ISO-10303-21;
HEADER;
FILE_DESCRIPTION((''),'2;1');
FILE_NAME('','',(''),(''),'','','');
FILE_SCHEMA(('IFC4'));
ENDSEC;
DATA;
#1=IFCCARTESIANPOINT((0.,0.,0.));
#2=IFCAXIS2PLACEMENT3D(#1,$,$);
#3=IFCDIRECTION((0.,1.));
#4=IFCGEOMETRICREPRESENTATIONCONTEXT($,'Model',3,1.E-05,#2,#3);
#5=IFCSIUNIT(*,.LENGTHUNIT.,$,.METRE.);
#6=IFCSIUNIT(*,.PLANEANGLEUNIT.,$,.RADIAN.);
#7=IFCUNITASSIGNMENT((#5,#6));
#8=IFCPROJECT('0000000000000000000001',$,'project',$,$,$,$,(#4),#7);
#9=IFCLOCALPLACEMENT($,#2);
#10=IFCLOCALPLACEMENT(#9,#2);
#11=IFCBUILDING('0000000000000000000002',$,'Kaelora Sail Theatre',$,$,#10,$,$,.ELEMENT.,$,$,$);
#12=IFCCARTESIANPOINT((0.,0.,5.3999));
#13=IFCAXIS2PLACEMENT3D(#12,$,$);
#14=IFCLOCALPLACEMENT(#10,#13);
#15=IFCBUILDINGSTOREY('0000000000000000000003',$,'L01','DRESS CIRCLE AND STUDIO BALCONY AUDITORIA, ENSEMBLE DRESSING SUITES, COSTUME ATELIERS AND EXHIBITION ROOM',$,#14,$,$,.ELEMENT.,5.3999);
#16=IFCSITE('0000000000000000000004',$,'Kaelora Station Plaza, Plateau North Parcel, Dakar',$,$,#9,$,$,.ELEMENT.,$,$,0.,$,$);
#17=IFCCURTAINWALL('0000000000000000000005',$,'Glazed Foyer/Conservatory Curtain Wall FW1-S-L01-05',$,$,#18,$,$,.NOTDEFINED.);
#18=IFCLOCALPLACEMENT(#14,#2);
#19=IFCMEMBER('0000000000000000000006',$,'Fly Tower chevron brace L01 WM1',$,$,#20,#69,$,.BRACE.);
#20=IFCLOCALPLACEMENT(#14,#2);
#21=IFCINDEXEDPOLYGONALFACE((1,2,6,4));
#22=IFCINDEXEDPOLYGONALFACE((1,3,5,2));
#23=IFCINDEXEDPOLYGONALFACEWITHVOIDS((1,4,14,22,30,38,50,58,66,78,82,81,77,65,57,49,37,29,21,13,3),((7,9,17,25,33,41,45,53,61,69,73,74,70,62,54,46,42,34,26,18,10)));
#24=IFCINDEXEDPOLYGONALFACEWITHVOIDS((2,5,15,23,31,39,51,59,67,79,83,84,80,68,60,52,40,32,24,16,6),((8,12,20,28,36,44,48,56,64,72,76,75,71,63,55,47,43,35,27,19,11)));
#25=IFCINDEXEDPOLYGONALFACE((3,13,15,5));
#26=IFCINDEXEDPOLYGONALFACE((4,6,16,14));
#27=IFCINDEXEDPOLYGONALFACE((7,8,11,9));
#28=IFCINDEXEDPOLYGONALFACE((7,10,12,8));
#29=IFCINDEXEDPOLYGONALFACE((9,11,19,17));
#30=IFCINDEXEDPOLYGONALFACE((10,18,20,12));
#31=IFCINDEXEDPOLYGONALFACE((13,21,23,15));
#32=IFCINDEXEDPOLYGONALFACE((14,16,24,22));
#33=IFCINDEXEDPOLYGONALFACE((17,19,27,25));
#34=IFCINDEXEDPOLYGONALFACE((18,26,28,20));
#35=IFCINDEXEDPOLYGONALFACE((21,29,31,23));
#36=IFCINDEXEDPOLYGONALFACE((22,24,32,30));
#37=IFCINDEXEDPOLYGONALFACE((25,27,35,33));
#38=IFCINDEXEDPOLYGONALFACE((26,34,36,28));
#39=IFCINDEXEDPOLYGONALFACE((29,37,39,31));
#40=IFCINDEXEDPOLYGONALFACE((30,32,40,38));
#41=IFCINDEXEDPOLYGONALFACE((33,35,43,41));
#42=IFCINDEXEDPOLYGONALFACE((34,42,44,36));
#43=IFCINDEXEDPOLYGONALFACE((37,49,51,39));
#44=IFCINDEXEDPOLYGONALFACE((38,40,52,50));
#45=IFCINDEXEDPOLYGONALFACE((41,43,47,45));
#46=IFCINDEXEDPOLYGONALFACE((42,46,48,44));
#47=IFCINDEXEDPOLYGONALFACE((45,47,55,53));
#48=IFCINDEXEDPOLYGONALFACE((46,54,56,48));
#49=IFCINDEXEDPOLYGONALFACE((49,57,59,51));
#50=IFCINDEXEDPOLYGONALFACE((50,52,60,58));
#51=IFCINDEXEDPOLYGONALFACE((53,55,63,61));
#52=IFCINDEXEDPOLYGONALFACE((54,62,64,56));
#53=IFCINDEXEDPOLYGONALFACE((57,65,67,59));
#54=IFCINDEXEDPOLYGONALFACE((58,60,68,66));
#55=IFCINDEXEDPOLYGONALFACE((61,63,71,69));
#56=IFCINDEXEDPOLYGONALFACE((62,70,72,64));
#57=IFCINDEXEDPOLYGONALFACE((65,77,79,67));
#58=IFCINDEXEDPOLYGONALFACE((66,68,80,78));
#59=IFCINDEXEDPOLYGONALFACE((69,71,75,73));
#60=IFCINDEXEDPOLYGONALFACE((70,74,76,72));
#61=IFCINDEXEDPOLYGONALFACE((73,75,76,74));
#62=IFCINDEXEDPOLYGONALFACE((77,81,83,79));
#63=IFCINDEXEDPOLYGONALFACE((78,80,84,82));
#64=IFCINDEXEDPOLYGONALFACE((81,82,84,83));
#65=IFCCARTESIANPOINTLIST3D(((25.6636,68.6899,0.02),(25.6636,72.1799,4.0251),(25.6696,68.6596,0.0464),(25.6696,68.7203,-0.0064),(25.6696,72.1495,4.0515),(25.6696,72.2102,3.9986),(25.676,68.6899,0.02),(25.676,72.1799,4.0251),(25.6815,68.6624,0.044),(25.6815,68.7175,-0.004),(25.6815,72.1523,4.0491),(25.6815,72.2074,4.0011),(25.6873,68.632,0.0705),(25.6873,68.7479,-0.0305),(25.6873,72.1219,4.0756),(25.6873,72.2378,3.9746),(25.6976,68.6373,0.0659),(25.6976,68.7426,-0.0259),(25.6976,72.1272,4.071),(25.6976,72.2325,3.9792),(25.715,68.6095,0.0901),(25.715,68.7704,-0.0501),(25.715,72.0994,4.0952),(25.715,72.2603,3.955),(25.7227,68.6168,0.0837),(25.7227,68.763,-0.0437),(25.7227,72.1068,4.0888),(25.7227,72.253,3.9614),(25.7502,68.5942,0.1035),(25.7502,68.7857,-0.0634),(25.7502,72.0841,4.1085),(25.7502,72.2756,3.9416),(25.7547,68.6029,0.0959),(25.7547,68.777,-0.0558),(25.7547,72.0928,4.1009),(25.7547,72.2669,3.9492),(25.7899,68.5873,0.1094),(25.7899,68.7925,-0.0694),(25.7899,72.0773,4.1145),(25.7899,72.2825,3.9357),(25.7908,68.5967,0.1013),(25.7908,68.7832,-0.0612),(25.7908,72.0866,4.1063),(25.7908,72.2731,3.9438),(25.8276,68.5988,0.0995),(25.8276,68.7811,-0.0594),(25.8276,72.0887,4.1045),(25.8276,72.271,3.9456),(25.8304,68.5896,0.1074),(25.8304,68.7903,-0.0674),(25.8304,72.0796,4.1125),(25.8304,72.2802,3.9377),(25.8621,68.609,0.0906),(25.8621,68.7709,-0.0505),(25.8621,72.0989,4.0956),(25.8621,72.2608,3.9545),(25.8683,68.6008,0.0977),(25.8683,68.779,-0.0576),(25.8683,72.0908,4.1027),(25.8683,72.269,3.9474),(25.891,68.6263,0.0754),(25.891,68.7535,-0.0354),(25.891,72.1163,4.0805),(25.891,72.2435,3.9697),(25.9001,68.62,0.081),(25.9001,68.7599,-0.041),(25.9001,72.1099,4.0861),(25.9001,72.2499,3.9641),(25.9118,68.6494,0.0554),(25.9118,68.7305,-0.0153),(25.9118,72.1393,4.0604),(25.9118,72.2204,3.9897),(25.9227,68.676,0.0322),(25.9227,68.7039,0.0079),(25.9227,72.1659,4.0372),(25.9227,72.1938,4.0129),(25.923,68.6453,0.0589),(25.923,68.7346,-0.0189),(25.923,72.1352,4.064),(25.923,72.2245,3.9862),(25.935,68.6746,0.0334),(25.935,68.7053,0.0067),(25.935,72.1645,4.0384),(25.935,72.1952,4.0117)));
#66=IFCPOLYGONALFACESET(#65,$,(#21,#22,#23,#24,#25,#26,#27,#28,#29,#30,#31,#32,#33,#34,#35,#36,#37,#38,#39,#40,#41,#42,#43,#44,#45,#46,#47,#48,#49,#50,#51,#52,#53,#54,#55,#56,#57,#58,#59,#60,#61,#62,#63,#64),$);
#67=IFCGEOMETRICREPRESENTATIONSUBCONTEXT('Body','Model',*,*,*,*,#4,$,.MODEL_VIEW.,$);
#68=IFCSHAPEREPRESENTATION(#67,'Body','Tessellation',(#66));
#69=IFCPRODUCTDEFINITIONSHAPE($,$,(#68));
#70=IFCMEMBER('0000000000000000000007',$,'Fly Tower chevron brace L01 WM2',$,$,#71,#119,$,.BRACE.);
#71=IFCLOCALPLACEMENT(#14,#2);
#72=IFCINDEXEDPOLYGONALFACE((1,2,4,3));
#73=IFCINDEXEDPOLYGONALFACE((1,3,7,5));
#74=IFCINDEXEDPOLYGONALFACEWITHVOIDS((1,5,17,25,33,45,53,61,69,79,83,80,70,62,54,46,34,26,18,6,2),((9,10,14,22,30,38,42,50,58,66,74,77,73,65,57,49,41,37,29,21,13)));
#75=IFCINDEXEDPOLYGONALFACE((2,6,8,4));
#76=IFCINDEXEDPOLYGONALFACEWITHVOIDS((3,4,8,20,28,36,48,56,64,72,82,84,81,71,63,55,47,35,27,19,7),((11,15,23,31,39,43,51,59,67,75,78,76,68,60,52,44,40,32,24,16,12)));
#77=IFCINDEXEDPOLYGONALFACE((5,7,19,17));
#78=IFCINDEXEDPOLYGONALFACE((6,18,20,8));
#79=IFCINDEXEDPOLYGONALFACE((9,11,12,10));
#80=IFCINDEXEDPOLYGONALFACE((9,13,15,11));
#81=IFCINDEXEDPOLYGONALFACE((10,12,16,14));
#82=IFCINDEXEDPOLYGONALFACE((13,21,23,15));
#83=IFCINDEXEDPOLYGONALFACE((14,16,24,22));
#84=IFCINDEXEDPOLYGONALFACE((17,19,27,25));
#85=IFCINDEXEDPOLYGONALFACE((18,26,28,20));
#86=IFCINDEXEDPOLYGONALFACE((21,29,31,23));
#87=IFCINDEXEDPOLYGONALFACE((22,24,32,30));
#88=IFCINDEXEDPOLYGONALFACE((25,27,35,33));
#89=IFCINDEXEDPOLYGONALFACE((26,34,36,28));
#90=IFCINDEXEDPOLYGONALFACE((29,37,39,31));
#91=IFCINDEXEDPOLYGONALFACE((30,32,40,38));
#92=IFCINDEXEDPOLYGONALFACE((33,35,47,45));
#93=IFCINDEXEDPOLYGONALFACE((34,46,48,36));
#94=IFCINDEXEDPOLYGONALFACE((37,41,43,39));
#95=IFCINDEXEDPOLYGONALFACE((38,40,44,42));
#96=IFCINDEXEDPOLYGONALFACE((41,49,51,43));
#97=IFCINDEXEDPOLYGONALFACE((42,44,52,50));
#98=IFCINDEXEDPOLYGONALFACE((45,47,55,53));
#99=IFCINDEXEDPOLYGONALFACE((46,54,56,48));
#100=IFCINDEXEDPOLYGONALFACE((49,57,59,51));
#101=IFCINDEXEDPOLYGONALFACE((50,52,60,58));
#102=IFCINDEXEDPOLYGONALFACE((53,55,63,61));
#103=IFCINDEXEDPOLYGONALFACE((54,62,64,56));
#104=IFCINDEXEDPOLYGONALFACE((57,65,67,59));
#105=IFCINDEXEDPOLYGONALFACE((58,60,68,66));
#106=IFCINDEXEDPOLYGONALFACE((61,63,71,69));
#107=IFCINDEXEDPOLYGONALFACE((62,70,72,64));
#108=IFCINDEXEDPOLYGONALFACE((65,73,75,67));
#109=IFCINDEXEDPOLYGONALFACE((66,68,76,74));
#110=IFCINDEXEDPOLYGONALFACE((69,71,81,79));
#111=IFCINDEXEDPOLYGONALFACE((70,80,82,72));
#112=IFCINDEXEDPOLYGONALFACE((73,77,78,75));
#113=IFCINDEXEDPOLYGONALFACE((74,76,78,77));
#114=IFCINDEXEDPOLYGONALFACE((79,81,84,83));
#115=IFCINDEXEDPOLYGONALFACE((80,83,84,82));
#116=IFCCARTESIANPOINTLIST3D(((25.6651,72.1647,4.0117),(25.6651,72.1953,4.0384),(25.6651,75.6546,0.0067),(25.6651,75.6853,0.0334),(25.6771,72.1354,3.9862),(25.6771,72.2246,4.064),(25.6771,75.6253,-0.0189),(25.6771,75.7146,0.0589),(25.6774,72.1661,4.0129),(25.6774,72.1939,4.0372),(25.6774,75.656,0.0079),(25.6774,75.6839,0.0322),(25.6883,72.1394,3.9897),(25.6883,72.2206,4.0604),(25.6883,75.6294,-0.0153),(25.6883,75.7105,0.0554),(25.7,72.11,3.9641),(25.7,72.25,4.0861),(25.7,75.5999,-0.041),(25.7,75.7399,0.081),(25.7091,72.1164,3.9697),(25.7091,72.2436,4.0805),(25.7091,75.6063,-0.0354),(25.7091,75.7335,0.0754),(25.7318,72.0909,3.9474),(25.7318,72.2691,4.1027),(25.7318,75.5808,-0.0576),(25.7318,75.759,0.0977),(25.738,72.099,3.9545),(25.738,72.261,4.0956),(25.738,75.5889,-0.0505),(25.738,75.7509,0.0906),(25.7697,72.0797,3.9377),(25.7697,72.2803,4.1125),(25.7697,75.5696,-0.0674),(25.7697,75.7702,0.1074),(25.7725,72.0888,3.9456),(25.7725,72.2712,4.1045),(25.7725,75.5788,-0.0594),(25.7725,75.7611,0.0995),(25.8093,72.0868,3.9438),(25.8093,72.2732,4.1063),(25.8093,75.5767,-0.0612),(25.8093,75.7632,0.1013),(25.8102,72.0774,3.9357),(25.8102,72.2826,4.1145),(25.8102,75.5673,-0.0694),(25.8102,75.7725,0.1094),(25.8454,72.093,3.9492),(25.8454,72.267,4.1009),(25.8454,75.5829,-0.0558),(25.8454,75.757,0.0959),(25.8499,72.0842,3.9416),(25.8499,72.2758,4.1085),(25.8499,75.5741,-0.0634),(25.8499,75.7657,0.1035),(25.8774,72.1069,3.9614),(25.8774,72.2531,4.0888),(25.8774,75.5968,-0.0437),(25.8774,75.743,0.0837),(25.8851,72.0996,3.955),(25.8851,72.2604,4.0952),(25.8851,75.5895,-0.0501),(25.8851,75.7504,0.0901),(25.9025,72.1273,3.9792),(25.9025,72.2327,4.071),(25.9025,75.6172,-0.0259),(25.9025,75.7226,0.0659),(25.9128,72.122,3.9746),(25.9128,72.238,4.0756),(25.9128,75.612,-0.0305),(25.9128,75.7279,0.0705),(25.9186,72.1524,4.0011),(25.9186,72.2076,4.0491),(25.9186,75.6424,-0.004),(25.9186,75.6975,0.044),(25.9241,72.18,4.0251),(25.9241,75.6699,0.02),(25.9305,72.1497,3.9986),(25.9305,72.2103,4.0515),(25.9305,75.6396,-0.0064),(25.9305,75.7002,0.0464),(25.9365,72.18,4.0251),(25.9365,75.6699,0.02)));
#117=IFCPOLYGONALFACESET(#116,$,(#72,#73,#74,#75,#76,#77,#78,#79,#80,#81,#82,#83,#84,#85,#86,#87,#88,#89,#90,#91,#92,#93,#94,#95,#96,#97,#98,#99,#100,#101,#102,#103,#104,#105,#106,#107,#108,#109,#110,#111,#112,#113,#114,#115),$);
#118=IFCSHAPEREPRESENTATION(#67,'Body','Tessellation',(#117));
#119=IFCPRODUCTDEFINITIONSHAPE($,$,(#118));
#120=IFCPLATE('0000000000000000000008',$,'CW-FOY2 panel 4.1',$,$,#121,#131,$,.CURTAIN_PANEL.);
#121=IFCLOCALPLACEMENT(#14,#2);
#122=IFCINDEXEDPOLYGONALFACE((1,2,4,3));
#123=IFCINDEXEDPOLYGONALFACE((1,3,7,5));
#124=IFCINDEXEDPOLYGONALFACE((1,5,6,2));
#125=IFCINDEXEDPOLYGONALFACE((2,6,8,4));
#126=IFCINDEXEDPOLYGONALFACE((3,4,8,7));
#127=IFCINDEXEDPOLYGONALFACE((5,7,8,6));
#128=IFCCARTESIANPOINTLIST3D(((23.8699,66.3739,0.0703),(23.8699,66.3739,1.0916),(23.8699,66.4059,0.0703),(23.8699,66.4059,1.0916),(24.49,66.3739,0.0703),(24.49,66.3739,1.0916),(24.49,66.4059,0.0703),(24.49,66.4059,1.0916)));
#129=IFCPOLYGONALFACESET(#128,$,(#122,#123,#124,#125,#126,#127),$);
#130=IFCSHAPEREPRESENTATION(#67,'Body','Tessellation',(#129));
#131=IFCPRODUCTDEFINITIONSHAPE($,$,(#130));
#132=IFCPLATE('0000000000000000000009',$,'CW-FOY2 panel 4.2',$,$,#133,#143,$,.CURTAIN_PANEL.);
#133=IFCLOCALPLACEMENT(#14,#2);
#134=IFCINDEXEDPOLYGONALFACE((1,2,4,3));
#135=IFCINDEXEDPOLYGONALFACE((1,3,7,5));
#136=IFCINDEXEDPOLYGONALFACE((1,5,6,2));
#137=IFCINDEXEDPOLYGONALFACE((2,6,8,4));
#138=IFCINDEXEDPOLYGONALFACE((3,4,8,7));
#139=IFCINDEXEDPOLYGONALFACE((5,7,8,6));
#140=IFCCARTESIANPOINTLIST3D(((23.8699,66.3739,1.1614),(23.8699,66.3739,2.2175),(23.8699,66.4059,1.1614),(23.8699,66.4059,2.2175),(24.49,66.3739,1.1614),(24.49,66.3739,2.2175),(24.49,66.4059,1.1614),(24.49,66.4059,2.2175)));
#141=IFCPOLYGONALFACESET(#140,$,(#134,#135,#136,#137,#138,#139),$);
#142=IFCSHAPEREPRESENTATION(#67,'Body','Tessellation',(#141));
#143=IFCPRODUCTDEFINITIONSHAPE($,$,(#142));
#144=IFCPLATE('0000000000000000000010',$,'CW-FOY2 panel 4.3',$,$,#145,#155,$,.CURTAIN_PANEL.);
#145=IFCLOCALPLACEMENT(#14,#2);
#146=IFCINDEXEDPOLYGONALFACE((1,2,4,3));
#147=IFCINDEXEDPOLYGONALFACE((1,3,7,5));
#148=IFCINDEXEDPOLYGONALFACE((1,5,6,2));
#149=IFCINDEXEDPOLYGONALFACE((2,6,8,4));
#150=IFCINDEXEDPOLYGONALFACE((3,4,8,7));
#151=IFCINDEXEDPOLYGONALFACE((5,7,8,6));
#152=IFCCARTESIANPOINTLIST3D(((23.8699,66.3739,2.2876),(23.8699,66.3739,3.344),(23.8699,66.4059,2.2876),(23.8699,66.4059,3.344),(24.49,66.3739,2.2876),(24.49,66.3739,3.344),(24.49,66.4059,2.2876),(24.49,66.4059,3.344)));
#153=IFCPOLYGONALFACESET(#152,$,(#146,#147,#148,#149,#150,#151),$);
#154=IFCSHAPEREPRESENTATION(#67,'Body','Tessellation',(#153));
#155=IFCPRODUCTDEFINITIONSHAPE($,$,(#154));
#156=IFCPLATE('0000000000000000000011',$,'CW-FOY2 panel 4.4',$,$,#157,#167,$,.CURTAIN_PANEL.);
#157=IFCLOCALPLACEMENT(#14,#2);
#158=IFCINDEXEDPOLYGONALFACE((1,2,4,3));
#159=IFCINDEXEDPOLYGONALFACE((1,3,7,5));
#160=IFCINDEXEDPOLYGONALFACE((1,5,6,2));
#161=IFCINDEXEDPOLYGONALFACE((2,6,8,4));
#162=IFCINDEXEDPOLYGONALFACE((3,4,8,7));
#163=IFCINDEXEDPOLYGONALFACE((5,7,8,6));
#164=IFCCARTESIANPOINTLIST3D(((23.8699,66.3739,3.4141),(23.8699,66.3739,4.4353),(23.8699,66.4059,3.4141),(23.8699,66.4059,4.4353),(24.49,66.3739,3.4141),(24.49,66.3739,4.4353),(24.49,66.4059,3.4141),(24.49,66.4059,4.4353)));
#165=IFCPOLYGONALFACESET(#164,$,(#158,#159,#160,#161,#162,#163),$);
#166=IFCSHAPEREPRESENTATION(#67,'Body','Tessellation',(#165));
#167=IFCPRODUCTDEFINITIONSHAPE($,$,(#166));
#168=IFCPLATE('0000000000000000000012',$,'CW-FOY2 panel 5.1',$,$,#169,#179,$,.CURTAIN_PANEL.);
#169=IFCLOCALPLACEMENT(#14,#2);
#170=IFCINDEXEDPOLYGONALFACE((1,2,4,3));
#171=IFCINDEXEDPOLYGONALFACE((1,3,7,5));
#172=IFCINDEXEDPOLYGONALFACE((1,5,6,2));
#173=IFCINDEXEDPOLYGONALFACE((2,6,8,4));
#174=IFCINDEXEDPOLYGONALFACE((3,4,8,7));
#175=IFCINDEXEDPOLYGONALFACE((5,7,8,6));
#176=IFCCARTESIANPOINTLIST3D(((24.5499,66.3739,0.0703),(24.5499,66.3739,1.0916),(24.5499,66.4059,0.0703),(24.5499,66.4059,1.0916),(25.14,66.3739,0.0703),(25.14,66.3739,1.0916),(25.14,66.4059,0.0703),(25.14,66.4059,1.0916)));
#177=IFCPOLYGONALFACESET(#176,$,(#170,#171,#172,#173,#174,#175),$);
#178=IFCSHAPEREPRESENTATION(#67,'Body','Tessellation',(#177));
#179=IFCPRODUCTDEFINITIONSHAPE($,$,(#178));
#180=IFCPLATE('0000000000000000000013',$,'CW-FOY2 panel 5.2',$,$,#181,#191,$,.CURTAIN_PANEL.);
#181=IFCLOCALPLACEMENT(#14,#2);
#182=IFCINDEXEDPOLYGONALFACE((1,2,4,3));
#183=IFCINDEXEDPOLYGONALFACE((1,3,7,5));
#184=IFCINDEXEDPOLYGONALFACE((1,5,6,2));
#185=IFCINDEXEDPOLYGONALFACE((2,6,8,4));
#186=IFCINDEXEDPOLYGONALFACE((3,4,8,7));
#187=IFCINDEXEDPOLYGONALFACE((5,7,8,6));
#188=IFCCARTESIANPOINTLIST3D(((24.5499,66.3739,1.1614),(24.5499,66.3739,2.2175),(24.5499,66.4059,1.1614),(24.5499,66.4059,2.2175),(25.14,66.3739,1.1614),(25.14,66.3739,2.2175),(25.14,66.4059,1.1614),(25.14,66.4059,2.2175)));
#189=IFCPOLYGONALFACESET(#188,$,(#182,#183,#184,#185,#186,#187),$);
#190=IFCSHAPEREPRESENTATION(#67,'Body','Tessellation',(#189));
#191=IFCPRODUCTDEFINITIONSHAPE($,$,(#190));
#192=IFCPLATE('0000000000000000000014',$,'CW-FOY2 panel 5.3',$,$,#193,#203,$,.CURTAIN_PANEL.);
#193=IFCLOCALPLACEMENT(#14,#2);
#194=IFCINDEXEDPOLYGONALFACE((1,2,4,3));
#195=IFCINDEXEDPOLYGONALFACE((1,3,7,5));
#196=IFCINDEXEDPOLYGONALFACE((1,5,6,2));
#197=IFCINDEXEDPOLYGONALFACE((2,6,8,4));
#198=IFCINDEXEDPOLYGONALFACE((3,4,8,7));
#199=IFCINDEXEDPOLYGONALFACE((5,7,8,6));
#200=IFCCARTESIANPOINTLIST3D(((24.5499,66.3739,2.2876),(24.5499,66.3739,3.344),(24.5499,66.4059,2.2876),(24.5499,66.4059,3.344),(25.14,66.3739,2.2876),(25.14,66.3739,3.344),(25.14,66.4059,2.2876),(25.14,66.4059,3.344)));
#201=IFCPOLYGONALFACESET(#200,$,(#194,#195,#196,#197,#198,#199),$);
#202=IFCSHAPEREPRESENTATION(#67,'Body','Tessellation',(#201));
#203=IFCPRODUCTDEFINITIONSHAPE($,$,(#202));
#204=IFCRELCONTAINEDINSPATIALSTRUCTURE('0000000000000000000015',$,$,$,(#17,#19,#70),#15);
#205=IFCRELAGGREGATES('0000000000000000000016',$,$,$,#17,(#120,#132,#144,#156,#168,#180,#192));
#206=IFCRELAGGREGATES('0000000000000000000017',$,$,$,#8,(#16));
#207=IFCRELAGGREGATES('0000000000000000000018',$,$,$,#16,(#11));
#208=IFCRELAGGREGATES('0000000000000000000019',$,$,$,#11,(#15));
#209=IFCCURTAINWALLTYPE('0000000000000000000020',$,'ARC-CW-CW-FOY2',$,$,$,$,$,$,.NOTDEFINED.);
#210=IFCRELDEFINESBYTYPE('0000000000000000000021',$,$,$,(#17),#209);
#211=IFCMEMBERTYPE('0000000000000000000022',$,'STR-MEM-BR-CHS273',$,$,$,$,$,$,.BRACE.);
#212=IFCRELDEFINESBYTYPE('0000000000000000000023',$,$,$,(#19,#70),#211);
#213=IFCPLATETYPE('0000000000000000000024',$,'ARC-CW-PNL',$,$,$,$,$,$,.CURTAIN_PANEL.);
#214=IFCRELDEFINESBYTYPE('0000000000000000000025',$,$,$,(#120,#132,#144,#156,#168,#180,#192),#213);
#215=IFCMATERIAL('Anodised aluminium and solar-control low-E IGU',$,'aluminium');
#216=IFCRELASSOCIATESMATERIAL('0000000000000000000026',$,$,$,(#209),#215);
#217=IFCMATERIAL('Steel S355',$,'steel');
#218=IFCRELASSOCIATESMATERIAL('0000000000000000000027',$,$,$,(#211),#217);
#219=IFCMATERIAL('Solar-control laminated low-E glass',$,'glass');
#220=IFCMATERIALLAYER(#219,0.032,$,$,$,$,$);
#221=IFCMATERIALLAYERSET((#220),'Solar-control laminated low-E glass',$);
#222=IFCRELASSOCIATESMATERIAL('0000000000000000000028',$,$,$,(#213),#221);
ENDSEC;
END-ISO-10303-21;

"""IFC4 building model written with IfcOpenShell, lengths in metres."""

from ifc_helpers import new_model, si_unit, direction, frame, origin, origin_2d, place, context, subcontext, project, spatial, rectangle, hollow_circle, extrude, material, layer, layer_set, material_profile, profile_set, type_object, element, aggregate, save


model = new_model("IFC4")

# Units and contexts
model_context = context("Model", 3, precision=1e-05, world=origin(), true_north=direction((0.0, 1.0)))
body_context = subcontext(model_context, "Body", "Model", "MODEL_VIEW")
ifc_project = project(units=[si_unit("LENGTHUNIT", "METRE"), si_unit("PLANEANGLEUNIT", "RADIAN")], contexts=[model_context])

# Site, building, storey
site_placement = place(None, origin())
site = spatial("IfcSite", under=ifc_project, at=site_placement, Name="Kaelora Station Plaza, Plateau North Parcel, Dakar", CompositionType="ELEMENT", RefElevation=0.0)
building_placement = place(site_placement, origin())
building = spatial("IfcBuilding", under=site, at=building_placement, Name="Kaelora Sail Theatre", CompositionType="ELEMENT")
storey_placement = place(building_placement, frame((0.0, 0.0, 5.3999)))
storey = spatial("IfcBuildingStorey", under=building, at=storey_placement, Name="L01", Description="DRESS CIRCLE AND STUDIO BALCONY AUDITORIA, ENSEMBLE DRESSING SUITES, COSTUME ATELIERS AND EXHIBITION ROOM", CompositionType="ELEMENT", Elevation=5.3999)

# Curtain wall
ifc_material_1 = material(Name="Anodised aluminium and solar-control low-E IGU", Category="aluminium")
curtain_wall_type = type_object("IfcCurtainWallType", Name="ARC-CW-CW-FOY2", PredefinedType="NOTDEFINED", material=ifc_material_1)
curtain_wall_placement = place(storey_placement, origin())
curtain_wall = element("IfcCurtainWall", 1, at=curtain_wall_placement, inside=storey, type_object=curtain_wall_type, Name="Glazed Foyer/Conservatory Curtain Wall FW1-S-L01-05", PredefinedType="NOTDEFINED")

# Members
ifc_material_2 = material(Name="Steel S355", Category="steel")
ifc_material_profile_1 = material_profile(ifc_material_2, hollow_circle(Radius=0.1365, WallThickness=0.0125, at=origin_2d()), Name="CHS 273.0x12.5")
ifc_profile_set_1 = profile_set([ifc_material_profile_1], Name="Steel S355")
member_type_1 = type_object("IfcMemberType", Name="STR-MEM-BR-CHS273", PredefinedType="BRACE", material=ifc_profile_set_1)
for number, where, z_axis, x_axis, name in (
    (2, (25.8, 68.6899, 0.02), (0.0, 0.656958, 0.753927), (-1.0, 0.0, 0.0), "Fly Tower chevron brace L01 WM1"),
    (3, (25.8, 75.6699, 0.02), (0.0, -0.656958, 0.753927), (1.0, 0.0, 0.0), "Fly Tower chevron brace L01 WM2"),
):
    element("IfcMember", number, at=place(storey_placement, frame(where, z_axis=z_axis, x_axis=x_axis)), inside=storey, type_object=member_type_1, Name=name, PredefinedType="BRACE", context=body_context, shape_type="SweptSolid", body=[
        extrude(hollow_circle(Radius=0.1365, WallThickness=0.0125, at=origin_2d()), origin(), (0.0, 0.0, 1.0), 5.3123),
    ])

# Plates
ifc_material_3 = material(Name="Solar-control laminated low-E glass", Category="glass")
ifc_layer_1 = layer(ifc_material_3, 0.032)
ifc_layer_set_1 = layer_set([ifc_layer_1], Name="Solar-control laminated low-E glass")
plate_type_1 = type_object("IfcPlateType", Name="ARC-CW-PNL", PredefinedType="CURTAIN_PANEL", material=ifc_layer_set_1)
plate_1_placement = place(storey_placement, frame((24.1799, 66.3899, 0.0703), z_axis=(0.0, 0.0, 1.0), x_axis=(1.0, 0.0, 0.0)))
plate_1 = element("IfcPlate", 4, at=plate_1_placement, type_object=plate_type_1, Name="CW-FOY2 panel 4.1", PredefinedType="CURTAIN_PANEL", context=body_context, shape_type="SweptSolid", body=[
    extrude(rectangle(XDim=0.6201, YDim=0.032, at=origin_2d()), origin(), (0.0, 0.0, 1.0), 1.0212),
])
plate_2_placement = place(storey_placement, frame((24.1799, 66.3899, 1.1614), z_axis=(0.0, 0.0, 1.0), x_axis=(1.0, 0.0, 0.0)))
plate_2 = element("IfcPlate", 5, at=plate_2_placement, type_object=plate_type_1, Name="CW-FOY2 panel 4.2", PredefinedType="CURTAIN_PANEL", context=body_context, shape_type="SweptSolid", body=[
    extrude(rectangle(XDim=0.6201, YDim=0.032, at=origin_2d()), origin(), (0.0, 0.0, 1.0), 1.0562),
])
plate_3_placement = place(storey_placement, frame((24.1799, 66.3899, 2.2876), z_axis=(0.0, 0.0, 1.0), x_axis=(1.0, 0.0, 0.0)))
plate_3 = element("IfcPlate", 6, at=plate_3_placement, type_object=plate_type_1, Name="CW-FOY2 panel 4.3", PredefinedType="CURTAIN_PANEL", context=body_context, shape_type="SweptSolid", body=[
    extrude(rectangle(XDim=0.6201, YDim=0.032, at=origin_2d()), origin(), (0.0, 0.0, 1.0), 1.0564),
])
plate_4_placement = place(storey_placement, frame((24.1799, 66.3899, 3.4141), z_axis=(0.0, 0.0, 1.0), x_axis=(1.0, 0.0, 0.0)))
plate_4 = element("IfcPlate", 7, at=plate_4_placement, type_object=plate_type_1, Name="CW-FOY2 panel 4.4", PredefinedType="CURTAIN_PANEL", context=body_context, shape_type="SweptSolid", body=[
    extrude(rectangle(XDim=0.6201, YDim=0.032, at=origin_2d()), origin(), (0.0, 0.0, 1.0), 1.0212),
])
plate_5_placement = place(storey_placement, frame((24.845, 66.3899, 0.0703), z_axis=(0.0, 0.0, 1.0), x_axis=(1.0, 0.0, 0.0)))
plate_5 = element("IfcPlate", 8, at=plate_5_placement, type_object=plate_type_1, Name="CW-FOY2 panel 5.1", PredefinedType="CURTAIN_PANEL", context=body_context, shape_type="SweptSolid", body=[
    extrude(rectangle(XDim=0.5901, YDim=0.032, at=origin_2d()), origin(), (0.0, 0.0, 1.0), 1.0212),
])
plate_6_placement = place(storey_placement, frame((24.845, 66.3899, 1.1614), z_axis=(0.0, 0.0, 1.0), x_axis=(1.0, 0.0, 0.0)))
plate_6 = element("IfcPlate", 9, at=plate_6_placement, type_object=plate_type_1, Name="CW-FOY2 panel 5.2", PredefinedType="CURTAIN_PANEL", context=body_context, shape_type="SweptSolid", body=[
    extrude(rectangle(XDim=0.5901, YDim=0.032, at=origin_2d()), origin(), (0.0, 0.0, 1.0), 1.0562),
])
plate_7_placement = place(storey_placement, frame((24.845, 66.3899, 2.2876), z_axis=(0.0, 0.0, 1.0), x_axis=(1.0, 0.0, 0.0)))
plate_7 = element("IfcPlate", 10, at=plate_7_placement, type_object=plate_type_1, Name="CW-FOY2 panel 5.3", PredefinedType="CURTAIN_PANEL", context=body_context, shape_type="SweptSolid", body=[
    extrude(rectangle(XDim=0.5901, YDim=0.032, at=origin_2d()), origin(), (0.0, 0.0, 1.0), 1.0564),
])
aggregate(curtain_wall, [plate_1, plate_2, plate_3, plate_4, plate_5, plate_6, plate_7])

save(model, "model.ifc")
